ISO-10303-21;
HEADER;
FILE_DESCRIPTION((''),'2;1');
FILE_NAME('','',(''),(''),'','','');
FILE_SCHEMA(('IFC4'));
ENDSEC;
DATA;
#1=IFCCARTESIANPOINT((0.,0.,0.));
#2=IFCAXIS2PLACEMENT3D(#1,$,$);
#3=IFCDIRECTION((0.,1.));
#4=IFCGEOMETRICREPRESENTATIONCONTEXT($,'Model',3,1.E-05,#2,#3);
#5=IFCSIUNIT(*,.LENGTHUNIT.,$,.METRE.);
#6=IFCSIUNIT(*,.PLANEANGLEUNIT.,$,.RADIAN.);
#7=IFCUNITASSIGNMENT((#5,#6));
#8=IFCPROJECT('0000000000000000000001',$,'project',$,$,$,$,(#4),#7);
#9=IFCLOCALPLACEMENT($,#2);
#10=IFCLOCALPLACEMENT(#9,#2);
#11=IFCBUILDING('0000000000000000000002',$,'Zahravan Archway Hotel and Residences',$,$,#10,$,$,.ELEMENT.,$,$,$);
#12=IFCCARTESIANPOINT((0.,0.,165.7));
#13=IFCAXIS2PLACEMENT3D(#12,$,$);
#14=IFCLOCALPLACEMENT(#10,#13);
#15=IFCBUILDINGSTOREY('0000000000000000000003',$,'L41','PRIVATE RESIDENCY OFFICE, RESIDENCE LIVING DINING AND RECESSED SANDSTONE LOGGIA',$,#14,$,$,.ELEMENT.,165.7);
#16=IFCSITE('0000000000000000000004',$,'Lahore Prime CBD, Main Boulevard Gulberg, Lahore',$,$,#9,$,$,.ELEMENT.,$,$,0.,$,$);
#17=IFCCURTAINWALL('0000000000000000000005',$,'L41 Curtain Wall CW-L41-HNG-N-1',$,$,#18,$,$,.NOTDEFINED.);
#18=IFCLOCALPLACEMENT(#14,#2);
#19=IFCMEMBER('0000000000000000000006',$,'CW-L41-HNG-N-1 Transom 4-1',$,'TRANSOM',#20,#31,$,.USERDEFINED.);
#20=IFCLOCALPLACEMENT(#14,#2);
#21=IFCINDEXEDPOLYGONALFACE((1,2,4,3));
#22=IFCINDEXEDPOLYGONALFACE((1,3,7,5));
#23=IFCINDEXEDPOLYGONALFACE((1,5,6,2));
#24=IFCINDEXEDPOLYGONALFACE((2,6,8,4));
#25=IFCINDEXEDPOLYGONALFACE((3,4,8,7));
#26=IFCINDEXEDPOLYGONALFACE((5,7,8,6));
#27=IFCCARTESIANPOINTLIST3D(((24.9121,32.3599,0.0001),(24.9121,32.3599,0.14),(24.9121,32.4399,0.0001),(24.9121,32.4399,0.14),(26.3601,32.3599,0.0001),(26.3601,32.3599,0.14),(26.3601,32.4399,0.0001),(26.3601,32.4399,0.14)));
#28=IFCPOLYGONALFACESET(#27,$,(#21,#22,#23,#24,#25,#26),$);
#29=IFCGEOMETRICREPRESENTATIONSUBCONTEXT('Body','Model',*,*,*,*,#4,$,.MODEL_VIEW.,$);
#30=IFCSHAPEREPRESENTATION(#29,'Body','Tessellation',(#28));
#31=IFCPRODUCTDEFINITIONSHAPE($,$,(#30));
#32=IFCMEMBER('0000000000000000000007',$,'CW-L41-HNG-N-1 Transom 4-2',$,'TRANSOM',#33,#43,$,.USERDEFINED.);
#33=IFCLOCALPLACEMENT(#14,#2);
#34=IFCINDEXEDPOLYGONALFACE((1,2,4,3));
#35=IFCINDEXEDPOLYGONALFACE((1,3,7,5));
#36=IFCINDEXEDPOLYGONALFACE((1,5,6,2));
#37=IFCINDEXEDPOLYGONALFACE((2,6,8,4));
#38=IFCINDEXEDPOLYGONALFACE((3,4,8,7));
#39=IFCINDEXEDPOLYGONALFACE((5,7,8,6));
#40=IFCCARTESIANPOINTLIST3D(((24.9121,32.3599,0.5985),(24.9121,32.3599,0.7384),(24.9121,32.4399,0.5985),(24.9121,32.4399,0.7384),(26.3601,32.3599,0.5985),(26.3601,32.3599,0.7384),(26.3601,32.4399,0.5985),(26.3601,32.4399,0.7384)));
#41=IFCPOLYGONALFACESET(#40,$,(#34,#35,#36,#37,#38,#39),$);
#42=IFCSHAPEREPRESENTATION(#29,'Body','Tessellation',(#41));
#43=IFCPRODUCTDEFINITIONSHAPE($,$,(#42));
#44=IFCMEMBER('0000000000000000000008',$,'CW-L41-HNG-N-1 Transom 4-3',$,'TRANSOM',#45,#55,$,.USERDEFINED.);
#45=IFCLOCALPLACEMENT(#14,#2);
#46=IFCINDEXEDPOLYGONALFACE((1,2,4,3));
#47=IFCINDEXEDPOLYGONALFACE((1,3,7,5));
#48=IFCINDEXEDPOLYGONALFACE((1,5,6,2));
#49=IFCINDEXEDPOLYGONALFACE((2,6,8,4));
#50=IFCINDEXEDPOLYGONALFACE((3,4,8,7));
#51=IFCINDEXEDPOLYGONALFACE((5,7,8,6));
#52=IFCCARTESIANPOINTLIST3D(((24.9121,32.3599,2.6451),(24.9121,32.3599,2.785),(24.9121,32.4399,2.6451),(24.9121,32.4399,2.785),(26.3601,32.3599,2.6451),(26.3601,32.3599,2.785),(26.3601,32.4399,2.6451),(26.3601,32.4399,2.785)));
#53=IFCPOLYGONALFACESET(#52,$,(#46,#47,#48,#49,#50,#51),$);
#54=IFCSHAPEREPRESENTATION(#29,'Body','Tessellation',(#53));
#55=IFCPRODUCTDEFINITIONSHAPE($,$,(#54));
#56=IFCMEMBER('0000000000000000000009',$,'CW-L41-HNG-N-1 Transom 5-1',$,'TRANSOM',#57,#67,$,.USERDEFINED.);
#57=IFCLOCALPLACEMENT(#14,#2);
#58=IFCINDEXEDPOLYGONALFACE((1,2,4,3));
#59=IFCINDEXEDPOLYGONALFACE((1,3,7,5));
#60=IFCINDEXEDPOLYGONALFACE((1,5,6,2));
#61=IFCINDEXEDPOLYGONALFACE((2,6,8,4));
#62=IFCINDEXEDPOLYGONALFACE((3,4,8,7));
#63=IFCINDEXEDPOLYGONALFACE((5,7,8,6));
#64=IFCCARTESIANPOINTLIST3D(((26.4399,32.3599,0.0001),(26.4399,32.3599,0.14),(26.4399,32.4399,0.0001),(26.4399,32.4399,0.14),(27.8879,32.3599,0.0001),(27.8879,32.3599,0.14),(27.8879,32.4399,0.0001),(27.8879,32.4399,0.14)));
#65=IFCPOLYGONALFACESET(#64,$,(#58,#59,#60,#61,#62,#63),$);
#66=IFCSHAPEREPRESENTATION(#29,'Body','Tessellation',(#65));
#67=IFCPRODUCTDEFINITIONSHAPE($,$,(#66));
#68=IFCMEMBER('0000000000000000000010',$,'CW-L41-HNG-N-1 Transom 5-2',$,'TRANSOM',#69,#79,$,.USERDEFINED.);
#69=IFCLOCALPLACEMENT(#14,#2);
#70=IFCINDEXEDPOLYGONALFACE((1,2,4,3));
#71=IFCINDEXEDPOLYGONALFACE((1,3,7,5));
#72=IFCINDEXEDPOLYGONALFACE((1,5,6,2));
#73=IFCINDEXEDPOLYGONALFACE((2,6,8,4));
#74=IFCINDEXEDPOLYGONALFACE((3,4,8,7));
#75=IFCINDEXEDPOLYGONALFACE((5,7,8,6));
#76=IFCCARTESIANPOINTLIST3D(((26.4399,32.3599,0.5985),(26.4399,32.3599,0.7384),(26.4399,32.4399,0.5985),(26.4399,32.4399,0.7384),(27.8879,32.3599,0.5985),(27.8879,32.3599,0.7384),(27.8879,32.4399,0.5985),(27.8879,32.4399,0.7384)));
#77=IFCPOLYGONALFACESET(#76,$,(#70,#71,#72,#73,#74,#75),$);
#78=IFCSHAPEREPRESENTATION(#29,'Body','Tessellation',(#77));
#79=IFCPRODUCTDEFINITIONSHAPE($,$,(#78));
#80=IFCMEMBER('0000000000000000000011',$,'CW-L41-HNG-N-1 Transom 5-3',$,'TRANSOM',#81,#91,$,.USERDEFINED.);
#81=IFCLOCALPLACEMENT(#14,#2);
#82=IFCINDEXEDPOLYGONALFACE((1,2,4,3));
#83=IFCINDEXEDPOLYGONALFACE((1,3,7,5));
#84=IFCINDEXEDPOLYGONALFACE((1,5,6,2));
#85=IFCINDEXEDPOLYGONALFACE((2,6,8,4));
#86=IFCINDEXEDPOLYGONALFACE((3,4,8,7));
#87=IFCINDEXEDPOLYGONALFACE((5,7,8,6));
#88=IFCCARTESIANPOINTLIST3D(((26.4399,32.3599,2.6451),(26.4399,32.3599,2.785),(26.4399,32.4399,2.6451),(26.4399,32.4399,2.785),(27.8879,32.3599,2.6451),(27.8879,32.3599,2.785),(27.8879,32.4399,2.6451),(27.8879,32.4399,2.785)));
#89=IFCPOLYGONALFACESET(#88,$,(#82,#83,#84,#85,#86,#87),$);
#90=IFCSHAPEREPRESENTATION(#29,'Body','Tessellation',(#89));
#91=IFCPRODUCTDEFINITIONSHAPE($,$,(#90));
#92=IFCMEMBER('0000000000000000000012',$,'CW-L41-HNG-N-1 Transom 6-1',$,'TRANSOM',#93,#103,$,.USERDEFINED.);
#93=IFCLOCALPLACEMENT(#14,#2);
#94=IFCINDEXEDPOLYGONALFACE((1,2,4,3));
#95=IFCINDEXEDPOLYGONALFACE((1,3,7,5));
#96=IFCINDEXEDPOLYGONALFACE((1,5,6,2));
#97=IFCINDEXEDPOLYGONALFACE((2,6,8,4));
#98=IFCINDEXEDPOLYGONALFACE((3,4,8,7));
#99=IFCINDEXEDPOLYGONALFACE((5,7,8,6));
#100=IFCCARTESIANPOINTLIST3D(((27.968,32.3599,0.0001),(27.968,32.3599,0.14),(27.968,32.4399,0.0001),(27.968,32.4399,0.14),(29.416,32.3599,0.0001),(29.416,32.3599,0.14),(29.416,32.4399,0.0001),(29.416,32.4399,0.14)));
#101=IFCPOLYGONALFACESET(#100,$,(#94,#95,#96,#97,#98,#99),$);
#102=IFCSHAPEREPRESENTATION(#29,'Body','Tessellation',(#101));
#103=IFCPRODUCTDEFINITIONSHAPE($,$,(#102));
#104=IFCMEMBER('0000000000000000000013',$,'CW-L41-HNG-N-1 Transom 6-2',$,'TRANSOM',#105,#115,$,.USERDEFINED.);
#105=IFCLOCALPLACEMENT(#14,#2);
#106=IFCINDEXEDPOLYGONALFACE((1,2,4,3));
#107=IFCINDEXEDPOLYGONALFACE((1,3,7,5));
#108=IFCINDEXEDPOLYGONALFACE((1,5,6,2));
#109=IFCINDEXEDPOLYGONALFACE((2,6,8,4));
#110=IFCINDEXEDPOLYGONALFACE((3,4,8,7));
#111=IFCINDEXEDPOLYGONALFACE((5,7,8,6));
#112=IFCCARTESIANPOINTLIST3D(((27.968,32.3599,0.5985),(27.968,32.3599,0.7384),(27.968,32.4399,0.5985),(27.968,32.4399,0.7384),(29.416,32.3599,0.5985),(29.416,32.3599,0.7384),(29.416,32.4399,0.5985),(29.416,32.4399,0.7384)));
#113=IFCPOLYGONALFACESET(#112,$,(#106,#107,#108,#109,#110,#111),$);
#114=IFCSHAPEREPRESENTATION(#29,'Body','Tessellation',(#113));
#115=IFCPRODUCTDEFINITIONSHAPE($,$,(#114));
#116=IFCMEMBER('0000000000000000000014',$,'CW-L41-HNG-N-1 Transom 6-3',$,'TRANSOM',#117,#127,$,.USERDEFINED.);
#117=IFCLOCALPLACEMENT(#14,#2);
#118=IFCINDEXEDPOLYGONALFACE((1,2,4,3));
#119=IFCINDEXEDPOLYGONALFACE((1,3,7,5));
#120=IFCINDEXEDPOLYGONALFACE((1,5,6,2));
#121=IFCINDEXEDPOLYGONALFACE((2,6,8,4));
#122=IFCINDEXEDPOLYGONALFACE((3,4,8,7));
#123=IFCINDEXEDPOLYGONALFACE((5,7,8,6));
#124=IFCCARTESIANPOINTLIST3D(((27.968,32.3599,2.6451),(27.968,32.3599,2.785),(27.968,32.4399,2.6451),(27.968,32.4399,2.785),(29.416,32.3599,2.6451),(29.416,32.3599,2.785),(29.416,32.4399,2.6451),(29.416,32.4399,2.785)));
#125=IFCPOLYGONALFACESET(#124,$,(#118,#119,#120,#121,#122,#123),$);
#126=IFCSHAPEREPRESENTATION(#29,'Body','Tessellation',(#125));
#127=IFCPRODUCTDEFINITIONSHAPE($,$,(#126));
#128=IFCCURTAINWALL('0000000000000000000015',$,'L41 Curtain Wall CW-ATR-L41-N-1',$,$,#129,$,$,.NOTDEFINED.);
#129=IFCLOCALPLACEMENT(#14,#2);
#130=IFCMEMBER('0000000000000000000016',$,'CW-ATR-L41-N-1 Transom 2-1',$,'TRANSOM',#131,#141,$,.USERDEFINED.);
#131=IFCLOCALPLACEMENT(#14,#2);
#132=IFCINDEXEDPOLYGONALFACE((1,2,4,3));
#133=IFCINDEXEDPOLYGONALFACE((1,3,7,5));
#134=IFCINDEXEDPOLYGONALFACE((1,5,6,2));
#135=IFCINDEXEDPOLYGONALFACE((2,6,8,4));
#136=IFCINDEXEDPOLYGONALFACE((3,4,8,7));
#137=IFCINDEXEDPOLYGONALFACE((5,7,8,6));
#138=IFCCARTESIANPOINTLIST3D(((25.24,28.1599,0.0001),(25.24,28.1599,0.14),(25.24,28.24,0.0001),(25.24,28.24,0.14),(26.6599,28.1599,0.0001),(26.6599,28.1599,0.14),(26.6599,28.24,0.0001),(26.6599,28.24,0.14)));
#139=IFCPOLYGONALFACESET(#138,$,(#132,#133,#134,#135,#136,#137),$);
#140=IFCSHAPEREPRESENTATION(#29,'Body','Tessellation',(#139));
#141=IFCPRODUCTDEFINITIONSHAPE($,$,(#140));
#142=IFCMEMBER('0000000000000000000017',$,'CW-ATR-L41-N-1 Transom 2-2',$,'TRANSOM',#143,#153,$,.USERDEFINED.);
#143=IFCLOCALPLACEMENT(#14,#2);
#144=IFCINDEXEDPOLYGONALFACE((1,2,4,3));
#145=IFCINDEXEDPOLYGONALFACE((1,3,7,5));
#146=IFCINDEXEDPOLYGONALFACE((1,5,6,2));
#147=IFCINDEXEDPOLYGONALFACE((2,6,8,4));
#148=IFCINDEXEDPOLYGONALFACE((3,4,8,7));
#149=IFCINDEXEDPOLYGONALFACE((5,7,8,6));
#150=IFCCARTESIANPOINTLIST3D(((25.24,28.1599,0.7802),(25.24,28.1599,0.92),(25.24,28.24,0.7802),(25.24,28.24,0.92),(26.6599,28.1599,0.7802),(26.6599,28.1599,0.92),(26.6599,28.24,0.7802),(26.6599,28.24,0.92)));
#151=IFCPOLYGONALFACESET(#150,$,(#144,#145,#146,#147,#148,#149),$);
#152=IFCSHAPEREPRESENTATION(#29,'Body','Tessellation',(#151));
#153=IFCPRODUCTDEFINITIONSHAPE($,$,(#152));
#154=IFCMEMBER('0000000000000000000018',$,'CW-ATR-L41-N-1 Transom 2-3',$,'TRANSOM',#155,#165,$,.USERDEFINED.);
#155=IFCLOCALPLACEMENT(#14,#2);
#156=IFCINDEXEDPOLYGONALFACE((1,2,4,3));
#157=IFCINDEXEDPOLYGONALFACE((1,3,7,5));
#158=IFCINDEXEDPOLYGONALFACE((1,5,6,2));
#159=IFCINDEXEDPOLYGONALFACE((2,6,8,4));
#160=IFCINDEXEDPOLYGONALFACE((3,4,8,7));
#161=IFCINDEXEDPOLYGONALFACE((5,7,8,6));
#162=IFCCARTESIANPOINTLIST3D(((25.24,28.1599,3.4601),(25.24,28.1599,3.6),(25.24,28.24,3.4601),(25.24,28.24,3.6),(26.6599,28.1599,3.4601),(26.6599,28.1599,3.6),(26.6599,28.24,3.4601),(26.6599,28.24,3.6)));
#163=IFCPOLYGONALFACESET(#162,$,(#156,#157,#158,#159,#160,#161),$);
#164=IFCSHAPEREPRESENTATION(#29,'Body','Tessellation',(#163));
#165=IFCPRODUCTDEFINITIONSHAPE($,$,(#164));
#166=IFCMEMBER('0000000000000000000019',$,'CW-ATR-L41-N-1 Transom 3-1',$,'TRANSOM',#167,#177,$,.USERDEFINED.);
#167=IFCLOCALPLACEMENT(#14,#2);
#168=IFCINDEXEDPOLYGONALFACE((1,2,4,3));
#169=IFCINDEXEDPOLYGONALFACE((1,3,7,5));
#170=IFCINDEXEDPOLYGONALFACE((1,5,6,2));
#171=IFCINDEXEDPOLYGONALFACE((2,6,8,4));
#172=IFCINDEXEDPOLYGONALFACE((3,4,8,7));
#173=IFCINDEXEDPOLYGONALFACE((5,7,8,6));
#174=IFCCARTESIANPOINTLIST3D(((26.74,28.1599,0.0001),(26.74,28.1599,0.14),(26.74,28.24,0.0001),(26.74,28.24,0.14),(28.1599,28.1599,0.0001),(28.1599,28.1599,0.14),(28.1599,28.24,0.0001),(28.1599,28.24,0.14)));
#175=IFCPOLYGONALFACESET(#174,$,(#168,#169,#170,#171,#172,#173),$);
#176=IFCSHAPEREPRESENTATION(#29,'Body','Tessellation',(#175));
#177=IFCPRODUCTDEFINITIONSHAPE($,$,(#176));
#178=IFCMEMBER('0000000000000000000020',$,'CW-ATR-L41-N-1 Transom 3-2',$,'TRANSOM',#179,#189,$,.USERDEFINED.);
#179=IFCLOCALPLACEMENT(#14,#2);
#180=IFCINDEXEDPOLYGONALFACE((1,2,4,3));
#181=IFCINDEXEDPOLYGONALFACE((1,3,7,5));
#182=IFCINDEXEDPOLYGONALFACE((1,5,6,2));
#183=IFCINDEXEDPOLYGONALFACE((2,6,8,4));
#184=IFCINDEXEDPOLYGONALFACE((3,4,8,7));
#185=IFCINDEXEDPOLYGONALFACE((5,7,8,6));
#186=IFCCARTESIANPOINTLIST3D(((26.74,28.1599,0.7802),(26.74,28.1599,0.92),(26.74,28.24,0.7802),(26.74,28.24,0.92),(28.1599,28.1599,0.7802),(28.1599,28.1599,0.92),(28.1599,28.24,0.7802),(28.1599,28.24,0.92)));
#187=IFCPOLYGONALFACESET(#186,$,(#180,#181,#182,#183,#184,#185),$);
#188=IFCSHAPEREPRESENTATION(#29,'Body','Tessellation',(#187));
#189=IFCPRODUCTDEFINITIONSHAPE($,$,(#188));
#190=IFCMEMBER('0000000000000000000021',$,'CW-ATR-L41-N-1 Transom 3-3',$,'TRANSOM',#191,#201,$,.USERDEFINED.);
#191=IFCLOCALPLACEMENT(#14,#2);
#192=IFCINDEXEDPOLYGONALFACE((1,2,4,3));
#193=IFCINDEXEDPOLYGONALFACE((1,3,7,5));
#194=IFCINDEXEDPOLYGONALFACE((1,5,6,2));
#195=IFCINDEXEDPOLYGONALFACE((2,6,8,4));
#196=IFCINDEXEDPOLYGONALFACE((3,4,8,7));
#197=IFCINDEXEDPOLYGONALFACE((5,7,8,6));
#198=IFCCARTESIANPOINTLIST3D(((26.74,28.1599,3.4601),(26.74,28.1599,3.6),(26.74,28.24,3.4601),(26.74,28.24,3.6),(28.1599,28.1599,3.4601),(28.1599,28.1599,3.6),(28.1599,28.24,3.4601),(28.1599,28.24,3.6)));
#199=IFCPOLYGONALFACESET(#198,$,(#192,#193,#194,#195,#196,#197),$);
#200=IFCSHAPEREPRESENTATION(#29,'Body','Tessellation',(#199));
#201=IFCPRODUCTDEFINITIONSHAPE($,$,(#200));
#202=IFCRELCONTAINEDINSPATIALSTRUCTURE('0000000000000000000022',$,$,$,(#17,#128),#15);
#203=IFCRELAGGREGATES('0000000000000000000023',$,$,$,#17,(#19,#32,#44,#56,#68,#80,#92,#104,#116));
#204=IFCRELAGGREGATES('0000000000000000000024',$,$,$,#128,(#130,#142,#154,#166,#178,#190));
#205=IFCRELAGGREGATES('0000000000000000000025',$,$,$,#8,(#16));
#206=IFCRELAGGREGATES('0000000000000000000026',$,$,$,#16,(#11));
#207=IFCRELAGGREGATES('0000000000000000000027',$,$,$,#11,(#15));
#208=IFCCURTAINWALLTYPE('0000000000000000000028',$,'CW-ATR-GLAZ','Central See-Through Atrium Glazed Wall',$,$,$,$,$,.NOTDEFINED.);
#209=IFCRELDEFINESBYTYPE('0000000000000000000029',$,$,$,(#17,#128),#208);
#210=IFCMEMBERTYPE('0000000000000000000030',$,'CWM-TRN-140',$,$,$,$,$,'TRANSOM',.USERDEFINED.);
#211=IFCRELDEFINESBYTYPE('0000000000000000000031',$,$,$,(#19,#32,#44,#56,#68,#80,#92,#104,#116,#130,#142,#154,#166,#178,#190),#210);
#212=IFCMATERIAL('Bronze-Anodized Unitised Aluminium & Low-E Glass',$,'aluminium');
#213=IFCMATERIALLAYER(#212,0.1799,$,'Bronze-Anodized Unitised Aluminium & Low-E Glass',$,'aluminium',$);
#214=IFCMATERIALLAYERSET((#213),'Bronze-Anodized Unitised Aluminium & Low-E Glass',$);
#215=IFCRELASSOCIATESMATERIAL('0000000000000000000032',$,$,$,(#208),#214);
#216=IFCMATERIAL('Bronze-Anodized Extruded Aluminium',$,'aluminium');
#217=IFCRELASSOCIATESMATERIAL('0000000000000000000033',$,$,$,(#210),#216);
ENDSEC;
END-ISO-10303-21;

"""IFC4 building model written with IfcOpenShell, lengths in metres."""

from ifc_helpers import new_model, si_unit, direction, frame, origin, origin_2d, place, context, subcontext, project, spatial, rectangle, extrude, source, transform, mapped, material, layer, layer_set, material_profile, profile_set, type_object, element, aggregate, save


model = new_model("IFC4")

# Units and contexts
model_context = context("Model", 3, precision=1e-05, world=origin(), true_north=direction((0.0, 1.0)))
body_context = subcontext(model_context, "Body", "Model", "MODEL_VIEW")
ifc_project = project(units=[si_unit("LENGTHUNIT", "METRE"), si_unit("PLANEANGLEUNIT", "RADIAN")], contexts=[model_context])

# Site, building, storey
site_placement = place(None, origin())
site = spatial("IfcSite", under=ifc_project, at=site_placement, Name="Lahore Prime CBD, Main Boulevard Gulberg, Lahore", CompositionType="ELEMENT", RefElevation=0.0)
building_placement = place(site_placement, origin())
building = spatial("IfcBuilding", under=site, at=building_placement, Name="Zahravan Archway Hotel and Residences", CompositionType="ELEMENT")
storey_placement = place(building_placement, frame((0.0, 0.0, 165.7)))
storey = spatial("IfcBuildingStorey", under=building, at=storey_placement, Name="L41", Description="PRIVATE RESIDENCY OFFICE, RESIDENCE LIVING DINING AND RECESSED SANDSTONE LOGGIA", CompositionType="ELEMENT", Elevation=165.7)

# Curtain walls, members
ifc_material_1 = material(Name="Bronze-Anodized Unitised Aluminium & Low-E Glass", Category="aluminium")
ifc_layer_1 = layer(ifc_material_1, 0.1799, Name="Bronze-Anodized Unitised Aluminium & Low-E Glass", Category="aluminium")
ifc_layer_set_1 = layer_set([ifc_layer_1], Name="Bronze-Anodized Unitised Aluminium & Low-E Glass")
curtain_wall_type = type_object("IfcCurtainWallType", Name="CW-ATR-GLAZ", Description="Central See-Through Atrium Glazed Wall", PredefinedType="NOTDEFINED", material=ifc_layer_set_1)
curtain_wall_1_placement = place(storey_placement, origin())
curtain_wall_1 = element("IfcCurtainWall", 1, at=curtain_wall_1_placement, inside=storey, type_object=curtain_wall_type, Name="L41 Curtain Wall CW-L41-HNG-N-1", PredefinedType="NOTDEFINED")
ifc_material_2 = material(Name="Bronze-Anodized Extruded Aluminium", Category="aluminium")
ifc_material_profile_1 = material_profile(ifc_material_2, rectangle(XDim=0.0801, YDim=0.1399, at=origin_2d()), Name="TRN 80x140", Category="aluminium")
ifc_profile_set_1 = profile_set([ifc_material_profile_1], Name="Bronze-Anodized Extruded Aluminium")
member_type_1 = type_object("IfcMemberType", Name="CWM-TRN-140", ElementType="TRANSOM", PredefinedType="USERDEFINED", material=ifc_profile_set_1)
shared_shape_1 = source(origin(), body_context, "Body", "SweptSolid", [
    extrude(rectangle(XDim=0.0801, YDim=0.1399, at=origin_2d()), origin(), (0.0, 0.0, 1.0), 1.448),
])
member_1_placement = place(storey_placement, frame((24.9121, 32.3999, 0.0701), z_axis=(1.0, 0.0, 0.0), x_axis=(0.0, 1.0, 0.0)))
member_1 = element("IfcMember", 2, at=member_1_placement, type_object=member_type_1, Name="CW-L41-HNG-N-1 Transom 4-1", ObjectType="TRANSOM", PredefinedType="USERDEFINED", context=body_context, shape_type="MappedRepresentation", body=[
    mapped(shared_shape_1, transform((0.0, 0.0, 0.0), scale=1.0)),
])
member_2_placement = place(storey_placement, frame((24.9121, 32.3999, 0.6685), z_axis=(1.0, 0.0, 0.0), x_axis=(0.0, 1.0, 0.0)))
member_2 = element("IfcMember", 3, at=member_2_placement, type_object=member_type_1, Name="CW-L41-HNG-N-1 Transom 4-2", ObjectType="TRANSOM", PredefinedType="USERDEFINED", context=body_context, shape_type="MappedRepresentation", body=[
    mapped(shared_shape_1, transform((0.0, 0.0, 0.0), scale=1.0)),
])
member_3_placement = place(storey_placement, frame((24.9121, 32.3999, 2.7151), z_axis=(1.0, 0.0, 0.0), x_axis=(0.0, 1.0, 0.0)))
member_3 = element("IfcMember", 4, at=member_3_placement, type_object=member_type_1, Name="CW-L41-HNG-N-1 Transom 4-3", ObjectType="TRANSOM", PredefinedType="USERDEFINED", context=body_context, shape_type="MappedRepresentation", body=[
    mapped(shared_shape_1, transform((0.0, 0.0, 0.0), scale=1.0)),
])
member_4_placement = place(storey_placement, frame((26.4399, 32.3999, 0.0701), z_axis=(1.0, 0.0, 0.0), x_axis=(0.0, 1.0, 0.0)))
member_4 = element("IfcMember", 5, at=member_4_placement, type_object=member_type_1, Name="CW-L41-HNG-N-1 Transom 5-1", ObjectType="TRANSOM", PredefinedType="USERDEFINED", context=body_context, shape_type="MappedRepresentation", body=[
    mapped(shared_shape_1, transform((0.0, 0.0, 0.0), scale=1.0)),
])
member_5_placement = place(storey_placement, frame((26.4399, 32.3999, 0.6685), z_axis=(1.0, 0.0, 0.0), x_axis=(0.0, 1.0, 0.0)))
member_5 = element("IfcMember", 6, at=member_5_placement, type_object=member_type_1, Name="CW-L41-HNG-N-1 Transom 5-2", ObjectType="TRANSOM", PredefinedType="USERDEFINED", context=body_context, shape_type="MappedRepresentation", body=[
    mapped(shared_shape_1, transform((0.0, 0.0, 0.0), scale=1.0)),
])
member_6_placement = place(storey_placement, frame((26.4399, 32.3999, 2.7151), z_axis=(1.0, 0.0, 0.0), x_axis=(0.0, 1.0, 0.0)))
member_6 = element("IfcMember", 7, at=member_6_placement, type_object=member_type_1, Name="CW-L41-HNG-N-1 Transom 5-3", ObjectType="TRANSOM", PredefinedType="USERDEFINED", context=body_context, shape_type="MappedRepresentation", body=[
    mapped(shared_shape_1, transform((0.0, 0.0, 0.0), scale=1.0)),
])
member_7_placement = place(storey_placement, frame((27.968, 32.3999, 0.0701), z_axis=(1.0, 0.0, 0.0), x_axis=(0.0, 1.0, 0.0)))
member_7 = element("IfcMember", 8, at=member_7_placement, type_object=member_type_1, Name="CW-L41-HNG-N-1 Transom 6-1", ObjectType="TRANSOM", PredefinedType="USERDEFINED", context=body_context, shape_type="MappedRepresentation", body=[
    mapped(shared_shape_1, transform((0.0, 0.0, 0.0), scale=1.0)),
])
member_8_placement = place(storey_placement, frame((27.968, 32.3999, 0.6685), z_axis=(1.0, 0.0, 0.0), x_axis=(0.0, 1.0, 0.0)))
member_8 = element("IfcMember", 9, at=member_8_placement, type_object=member_type_1, Name="CW-L41-HNG-N-1 Transom 6-2", ObjectType="TRANSOM", PredefinedType="USERDEFINED", context=body_context, shape_type="MappedRepresentation", body=[
    mapped(shared_shape_1, transform((0.0, 0.0, 0.0), scale=1.0)),
])
member_9_placement = place(storey_placement, frame((27.968, 32.3999, 2.7151), z_axis=(1.0, 0.0, 0.0), x_axis=(0.0, 1.0, 0.0)))
member_9 = element("IfcMember", 10, at=member_9_placement, type_object=member_type_1, Name="CW-L41-HNG-N-1 Transom 6-3", ObjectType="TRANSOM", PredefinedType="USERDEFINED", context=body_context, shape_type="MappedRepresentation", body=[
    mapped(shared_shape_1, transform((0.0, 0.0, 0.0), scale=1.0)),
])
curtain_wall_2_placement = place(storey_placement, origin())
curtain_wall_2 = element("IfcCurtainWall", 11, at=curtain_wall_2_placement, inside=storey, type_object=curtain_wall_type, Name="L41 Curtain Wall CW-ATR-L41-N-1", PredefinedType="NOTDEFINED")
shared_shape_2 = source(origin(), body_context, "Body", "SweptSolid", [
    extrude(rectangle(XDim=0.0801, YDim=0.1399, at=origin_2d()), origin(), (0.0, 0.0, 1.0), 1.4199),
])
member_10_placement = place(storey_placement, frame((25.24, 28.2, 0.0701), z_axis=(1.0, 0.0, 0.0), x_axis=(0.0, 1.0, 0.0)))
member_10 = element("IfcMember", 12, at=member_10_placement, type_object=member_type_1, Name="CW-ATR-L41-N-1 Transom 2-1", ObjectType="TRANSOM", PredefinedType="USERDEFINED", context=body_context, shape_type="MappedRepresentation", body=[
    mapped(shared_shape_2, transform((0.0, 0.0, 0.0), scale=1.0)),
])
member_11_placement = place(storey_placement, frame((25.24, 28.2, 0.8501), z_axis=(1.0, 0.0, 0.0), x_axis=(0.0, 1.0, 0.0)))
member_11 = element("IfcMember", 13, at=member_11_placement, type_object=member_type_1, Name="CW-ATR-L41-N-1 Transom 2-2", ObjectType="TRANSOM", PredefinedType="USERDEFINED", context=body_context, shape_type="MappedRepresentation", body=[
    mapped(shared_shape_2, transform((0.0, 0.0, 0.0), scale=1.0)),
])
member_12_placement = place(storey_placement, frame((25.24, 28.2, 3.53), z_axis=(1.0, 0.0, 0.0), x_axis=(0.0, 1.0, 0.0)))
member_12 = element("IfcMember", 14, at=member_12_placement, type_object=member_type_1, Name="CW-ATR-L41-N-1 Transom 2-3", ObjectType="TRANSOM", PredefinedType="USERDEFINED", context=body_context, shape_type="MappedRepresentation", body=[
    mapped(shared_shape_2, transform((0.0, 0.0, 0.0), scale=1.0)),
])
member_13_placement = place(storey_placement, frame((26.74, 28.2, 0.0701), z_axis=(1.0, 0.0, 0.0), x_axis=(0.0, 1.0, 0.0)))
member_13 = element("IfcMember", 15, at=member_13_placement, type_object=member_type_1, Name="CW-ATR-L41-N-1 Transom 3-1", ObjectType="TRANSOM", PredefinedType="USERDEFINED", context=body_context, shape_type="MappedRepresentation", body=[
    mapped(shared_shape_2, transform((0.0, 0.0, 0.0), scale=1.0)),
])
member_14_placement = place(storey_placement, frame((26.74, 28.2, 0.8501), z_axis=(1.0, 0.0, 0.0), x_axis=(0.0, 1.0, 0.0)))
member_14 = element("IfcMember", 16, at=member_14_placement, type_object=member_type_1, Name="CW-ATR-L41-N-1 Transom 3-2", ObjectType="TRANSOM", PredefinedType="USERDEFINED", context=body_context, shape_type="MappedRepresentation", body=[
    mapped(shared_shape_2, transform((0.0, 0.0, 0.0), scale=1.0)),
])
member_15_placement = place(storey_placement, frame((26.74, 28.2, 3.53), z_axis=(1.0, 0.0, 0.0), x_axis=(0.0, 1.0, 0.0)))
member_15 = element("IfcMember", 17, at=member_15_placement, type_object=member_type_1, Name="CW-ATR-L41-N-1 Transom 3-3", ObjectType="TRANSOM", PredefinedType="USERDEFINED", context=body_context, shape_type="MappedRepresentation", body=[
    mapped(shared_shape_2, transform((0.0, 0.0, 0.0), scale=1.0)),
])

aggregate(curtain_wall_1, [member_1, member_2, member_3, member_4, member_5, member_6, member_7, member_8, member_9])
aggregate(curtain_wall_2, [member_10, member_11, member_12, member_13, member_14, member_15])

save(model, "model.ifc")
